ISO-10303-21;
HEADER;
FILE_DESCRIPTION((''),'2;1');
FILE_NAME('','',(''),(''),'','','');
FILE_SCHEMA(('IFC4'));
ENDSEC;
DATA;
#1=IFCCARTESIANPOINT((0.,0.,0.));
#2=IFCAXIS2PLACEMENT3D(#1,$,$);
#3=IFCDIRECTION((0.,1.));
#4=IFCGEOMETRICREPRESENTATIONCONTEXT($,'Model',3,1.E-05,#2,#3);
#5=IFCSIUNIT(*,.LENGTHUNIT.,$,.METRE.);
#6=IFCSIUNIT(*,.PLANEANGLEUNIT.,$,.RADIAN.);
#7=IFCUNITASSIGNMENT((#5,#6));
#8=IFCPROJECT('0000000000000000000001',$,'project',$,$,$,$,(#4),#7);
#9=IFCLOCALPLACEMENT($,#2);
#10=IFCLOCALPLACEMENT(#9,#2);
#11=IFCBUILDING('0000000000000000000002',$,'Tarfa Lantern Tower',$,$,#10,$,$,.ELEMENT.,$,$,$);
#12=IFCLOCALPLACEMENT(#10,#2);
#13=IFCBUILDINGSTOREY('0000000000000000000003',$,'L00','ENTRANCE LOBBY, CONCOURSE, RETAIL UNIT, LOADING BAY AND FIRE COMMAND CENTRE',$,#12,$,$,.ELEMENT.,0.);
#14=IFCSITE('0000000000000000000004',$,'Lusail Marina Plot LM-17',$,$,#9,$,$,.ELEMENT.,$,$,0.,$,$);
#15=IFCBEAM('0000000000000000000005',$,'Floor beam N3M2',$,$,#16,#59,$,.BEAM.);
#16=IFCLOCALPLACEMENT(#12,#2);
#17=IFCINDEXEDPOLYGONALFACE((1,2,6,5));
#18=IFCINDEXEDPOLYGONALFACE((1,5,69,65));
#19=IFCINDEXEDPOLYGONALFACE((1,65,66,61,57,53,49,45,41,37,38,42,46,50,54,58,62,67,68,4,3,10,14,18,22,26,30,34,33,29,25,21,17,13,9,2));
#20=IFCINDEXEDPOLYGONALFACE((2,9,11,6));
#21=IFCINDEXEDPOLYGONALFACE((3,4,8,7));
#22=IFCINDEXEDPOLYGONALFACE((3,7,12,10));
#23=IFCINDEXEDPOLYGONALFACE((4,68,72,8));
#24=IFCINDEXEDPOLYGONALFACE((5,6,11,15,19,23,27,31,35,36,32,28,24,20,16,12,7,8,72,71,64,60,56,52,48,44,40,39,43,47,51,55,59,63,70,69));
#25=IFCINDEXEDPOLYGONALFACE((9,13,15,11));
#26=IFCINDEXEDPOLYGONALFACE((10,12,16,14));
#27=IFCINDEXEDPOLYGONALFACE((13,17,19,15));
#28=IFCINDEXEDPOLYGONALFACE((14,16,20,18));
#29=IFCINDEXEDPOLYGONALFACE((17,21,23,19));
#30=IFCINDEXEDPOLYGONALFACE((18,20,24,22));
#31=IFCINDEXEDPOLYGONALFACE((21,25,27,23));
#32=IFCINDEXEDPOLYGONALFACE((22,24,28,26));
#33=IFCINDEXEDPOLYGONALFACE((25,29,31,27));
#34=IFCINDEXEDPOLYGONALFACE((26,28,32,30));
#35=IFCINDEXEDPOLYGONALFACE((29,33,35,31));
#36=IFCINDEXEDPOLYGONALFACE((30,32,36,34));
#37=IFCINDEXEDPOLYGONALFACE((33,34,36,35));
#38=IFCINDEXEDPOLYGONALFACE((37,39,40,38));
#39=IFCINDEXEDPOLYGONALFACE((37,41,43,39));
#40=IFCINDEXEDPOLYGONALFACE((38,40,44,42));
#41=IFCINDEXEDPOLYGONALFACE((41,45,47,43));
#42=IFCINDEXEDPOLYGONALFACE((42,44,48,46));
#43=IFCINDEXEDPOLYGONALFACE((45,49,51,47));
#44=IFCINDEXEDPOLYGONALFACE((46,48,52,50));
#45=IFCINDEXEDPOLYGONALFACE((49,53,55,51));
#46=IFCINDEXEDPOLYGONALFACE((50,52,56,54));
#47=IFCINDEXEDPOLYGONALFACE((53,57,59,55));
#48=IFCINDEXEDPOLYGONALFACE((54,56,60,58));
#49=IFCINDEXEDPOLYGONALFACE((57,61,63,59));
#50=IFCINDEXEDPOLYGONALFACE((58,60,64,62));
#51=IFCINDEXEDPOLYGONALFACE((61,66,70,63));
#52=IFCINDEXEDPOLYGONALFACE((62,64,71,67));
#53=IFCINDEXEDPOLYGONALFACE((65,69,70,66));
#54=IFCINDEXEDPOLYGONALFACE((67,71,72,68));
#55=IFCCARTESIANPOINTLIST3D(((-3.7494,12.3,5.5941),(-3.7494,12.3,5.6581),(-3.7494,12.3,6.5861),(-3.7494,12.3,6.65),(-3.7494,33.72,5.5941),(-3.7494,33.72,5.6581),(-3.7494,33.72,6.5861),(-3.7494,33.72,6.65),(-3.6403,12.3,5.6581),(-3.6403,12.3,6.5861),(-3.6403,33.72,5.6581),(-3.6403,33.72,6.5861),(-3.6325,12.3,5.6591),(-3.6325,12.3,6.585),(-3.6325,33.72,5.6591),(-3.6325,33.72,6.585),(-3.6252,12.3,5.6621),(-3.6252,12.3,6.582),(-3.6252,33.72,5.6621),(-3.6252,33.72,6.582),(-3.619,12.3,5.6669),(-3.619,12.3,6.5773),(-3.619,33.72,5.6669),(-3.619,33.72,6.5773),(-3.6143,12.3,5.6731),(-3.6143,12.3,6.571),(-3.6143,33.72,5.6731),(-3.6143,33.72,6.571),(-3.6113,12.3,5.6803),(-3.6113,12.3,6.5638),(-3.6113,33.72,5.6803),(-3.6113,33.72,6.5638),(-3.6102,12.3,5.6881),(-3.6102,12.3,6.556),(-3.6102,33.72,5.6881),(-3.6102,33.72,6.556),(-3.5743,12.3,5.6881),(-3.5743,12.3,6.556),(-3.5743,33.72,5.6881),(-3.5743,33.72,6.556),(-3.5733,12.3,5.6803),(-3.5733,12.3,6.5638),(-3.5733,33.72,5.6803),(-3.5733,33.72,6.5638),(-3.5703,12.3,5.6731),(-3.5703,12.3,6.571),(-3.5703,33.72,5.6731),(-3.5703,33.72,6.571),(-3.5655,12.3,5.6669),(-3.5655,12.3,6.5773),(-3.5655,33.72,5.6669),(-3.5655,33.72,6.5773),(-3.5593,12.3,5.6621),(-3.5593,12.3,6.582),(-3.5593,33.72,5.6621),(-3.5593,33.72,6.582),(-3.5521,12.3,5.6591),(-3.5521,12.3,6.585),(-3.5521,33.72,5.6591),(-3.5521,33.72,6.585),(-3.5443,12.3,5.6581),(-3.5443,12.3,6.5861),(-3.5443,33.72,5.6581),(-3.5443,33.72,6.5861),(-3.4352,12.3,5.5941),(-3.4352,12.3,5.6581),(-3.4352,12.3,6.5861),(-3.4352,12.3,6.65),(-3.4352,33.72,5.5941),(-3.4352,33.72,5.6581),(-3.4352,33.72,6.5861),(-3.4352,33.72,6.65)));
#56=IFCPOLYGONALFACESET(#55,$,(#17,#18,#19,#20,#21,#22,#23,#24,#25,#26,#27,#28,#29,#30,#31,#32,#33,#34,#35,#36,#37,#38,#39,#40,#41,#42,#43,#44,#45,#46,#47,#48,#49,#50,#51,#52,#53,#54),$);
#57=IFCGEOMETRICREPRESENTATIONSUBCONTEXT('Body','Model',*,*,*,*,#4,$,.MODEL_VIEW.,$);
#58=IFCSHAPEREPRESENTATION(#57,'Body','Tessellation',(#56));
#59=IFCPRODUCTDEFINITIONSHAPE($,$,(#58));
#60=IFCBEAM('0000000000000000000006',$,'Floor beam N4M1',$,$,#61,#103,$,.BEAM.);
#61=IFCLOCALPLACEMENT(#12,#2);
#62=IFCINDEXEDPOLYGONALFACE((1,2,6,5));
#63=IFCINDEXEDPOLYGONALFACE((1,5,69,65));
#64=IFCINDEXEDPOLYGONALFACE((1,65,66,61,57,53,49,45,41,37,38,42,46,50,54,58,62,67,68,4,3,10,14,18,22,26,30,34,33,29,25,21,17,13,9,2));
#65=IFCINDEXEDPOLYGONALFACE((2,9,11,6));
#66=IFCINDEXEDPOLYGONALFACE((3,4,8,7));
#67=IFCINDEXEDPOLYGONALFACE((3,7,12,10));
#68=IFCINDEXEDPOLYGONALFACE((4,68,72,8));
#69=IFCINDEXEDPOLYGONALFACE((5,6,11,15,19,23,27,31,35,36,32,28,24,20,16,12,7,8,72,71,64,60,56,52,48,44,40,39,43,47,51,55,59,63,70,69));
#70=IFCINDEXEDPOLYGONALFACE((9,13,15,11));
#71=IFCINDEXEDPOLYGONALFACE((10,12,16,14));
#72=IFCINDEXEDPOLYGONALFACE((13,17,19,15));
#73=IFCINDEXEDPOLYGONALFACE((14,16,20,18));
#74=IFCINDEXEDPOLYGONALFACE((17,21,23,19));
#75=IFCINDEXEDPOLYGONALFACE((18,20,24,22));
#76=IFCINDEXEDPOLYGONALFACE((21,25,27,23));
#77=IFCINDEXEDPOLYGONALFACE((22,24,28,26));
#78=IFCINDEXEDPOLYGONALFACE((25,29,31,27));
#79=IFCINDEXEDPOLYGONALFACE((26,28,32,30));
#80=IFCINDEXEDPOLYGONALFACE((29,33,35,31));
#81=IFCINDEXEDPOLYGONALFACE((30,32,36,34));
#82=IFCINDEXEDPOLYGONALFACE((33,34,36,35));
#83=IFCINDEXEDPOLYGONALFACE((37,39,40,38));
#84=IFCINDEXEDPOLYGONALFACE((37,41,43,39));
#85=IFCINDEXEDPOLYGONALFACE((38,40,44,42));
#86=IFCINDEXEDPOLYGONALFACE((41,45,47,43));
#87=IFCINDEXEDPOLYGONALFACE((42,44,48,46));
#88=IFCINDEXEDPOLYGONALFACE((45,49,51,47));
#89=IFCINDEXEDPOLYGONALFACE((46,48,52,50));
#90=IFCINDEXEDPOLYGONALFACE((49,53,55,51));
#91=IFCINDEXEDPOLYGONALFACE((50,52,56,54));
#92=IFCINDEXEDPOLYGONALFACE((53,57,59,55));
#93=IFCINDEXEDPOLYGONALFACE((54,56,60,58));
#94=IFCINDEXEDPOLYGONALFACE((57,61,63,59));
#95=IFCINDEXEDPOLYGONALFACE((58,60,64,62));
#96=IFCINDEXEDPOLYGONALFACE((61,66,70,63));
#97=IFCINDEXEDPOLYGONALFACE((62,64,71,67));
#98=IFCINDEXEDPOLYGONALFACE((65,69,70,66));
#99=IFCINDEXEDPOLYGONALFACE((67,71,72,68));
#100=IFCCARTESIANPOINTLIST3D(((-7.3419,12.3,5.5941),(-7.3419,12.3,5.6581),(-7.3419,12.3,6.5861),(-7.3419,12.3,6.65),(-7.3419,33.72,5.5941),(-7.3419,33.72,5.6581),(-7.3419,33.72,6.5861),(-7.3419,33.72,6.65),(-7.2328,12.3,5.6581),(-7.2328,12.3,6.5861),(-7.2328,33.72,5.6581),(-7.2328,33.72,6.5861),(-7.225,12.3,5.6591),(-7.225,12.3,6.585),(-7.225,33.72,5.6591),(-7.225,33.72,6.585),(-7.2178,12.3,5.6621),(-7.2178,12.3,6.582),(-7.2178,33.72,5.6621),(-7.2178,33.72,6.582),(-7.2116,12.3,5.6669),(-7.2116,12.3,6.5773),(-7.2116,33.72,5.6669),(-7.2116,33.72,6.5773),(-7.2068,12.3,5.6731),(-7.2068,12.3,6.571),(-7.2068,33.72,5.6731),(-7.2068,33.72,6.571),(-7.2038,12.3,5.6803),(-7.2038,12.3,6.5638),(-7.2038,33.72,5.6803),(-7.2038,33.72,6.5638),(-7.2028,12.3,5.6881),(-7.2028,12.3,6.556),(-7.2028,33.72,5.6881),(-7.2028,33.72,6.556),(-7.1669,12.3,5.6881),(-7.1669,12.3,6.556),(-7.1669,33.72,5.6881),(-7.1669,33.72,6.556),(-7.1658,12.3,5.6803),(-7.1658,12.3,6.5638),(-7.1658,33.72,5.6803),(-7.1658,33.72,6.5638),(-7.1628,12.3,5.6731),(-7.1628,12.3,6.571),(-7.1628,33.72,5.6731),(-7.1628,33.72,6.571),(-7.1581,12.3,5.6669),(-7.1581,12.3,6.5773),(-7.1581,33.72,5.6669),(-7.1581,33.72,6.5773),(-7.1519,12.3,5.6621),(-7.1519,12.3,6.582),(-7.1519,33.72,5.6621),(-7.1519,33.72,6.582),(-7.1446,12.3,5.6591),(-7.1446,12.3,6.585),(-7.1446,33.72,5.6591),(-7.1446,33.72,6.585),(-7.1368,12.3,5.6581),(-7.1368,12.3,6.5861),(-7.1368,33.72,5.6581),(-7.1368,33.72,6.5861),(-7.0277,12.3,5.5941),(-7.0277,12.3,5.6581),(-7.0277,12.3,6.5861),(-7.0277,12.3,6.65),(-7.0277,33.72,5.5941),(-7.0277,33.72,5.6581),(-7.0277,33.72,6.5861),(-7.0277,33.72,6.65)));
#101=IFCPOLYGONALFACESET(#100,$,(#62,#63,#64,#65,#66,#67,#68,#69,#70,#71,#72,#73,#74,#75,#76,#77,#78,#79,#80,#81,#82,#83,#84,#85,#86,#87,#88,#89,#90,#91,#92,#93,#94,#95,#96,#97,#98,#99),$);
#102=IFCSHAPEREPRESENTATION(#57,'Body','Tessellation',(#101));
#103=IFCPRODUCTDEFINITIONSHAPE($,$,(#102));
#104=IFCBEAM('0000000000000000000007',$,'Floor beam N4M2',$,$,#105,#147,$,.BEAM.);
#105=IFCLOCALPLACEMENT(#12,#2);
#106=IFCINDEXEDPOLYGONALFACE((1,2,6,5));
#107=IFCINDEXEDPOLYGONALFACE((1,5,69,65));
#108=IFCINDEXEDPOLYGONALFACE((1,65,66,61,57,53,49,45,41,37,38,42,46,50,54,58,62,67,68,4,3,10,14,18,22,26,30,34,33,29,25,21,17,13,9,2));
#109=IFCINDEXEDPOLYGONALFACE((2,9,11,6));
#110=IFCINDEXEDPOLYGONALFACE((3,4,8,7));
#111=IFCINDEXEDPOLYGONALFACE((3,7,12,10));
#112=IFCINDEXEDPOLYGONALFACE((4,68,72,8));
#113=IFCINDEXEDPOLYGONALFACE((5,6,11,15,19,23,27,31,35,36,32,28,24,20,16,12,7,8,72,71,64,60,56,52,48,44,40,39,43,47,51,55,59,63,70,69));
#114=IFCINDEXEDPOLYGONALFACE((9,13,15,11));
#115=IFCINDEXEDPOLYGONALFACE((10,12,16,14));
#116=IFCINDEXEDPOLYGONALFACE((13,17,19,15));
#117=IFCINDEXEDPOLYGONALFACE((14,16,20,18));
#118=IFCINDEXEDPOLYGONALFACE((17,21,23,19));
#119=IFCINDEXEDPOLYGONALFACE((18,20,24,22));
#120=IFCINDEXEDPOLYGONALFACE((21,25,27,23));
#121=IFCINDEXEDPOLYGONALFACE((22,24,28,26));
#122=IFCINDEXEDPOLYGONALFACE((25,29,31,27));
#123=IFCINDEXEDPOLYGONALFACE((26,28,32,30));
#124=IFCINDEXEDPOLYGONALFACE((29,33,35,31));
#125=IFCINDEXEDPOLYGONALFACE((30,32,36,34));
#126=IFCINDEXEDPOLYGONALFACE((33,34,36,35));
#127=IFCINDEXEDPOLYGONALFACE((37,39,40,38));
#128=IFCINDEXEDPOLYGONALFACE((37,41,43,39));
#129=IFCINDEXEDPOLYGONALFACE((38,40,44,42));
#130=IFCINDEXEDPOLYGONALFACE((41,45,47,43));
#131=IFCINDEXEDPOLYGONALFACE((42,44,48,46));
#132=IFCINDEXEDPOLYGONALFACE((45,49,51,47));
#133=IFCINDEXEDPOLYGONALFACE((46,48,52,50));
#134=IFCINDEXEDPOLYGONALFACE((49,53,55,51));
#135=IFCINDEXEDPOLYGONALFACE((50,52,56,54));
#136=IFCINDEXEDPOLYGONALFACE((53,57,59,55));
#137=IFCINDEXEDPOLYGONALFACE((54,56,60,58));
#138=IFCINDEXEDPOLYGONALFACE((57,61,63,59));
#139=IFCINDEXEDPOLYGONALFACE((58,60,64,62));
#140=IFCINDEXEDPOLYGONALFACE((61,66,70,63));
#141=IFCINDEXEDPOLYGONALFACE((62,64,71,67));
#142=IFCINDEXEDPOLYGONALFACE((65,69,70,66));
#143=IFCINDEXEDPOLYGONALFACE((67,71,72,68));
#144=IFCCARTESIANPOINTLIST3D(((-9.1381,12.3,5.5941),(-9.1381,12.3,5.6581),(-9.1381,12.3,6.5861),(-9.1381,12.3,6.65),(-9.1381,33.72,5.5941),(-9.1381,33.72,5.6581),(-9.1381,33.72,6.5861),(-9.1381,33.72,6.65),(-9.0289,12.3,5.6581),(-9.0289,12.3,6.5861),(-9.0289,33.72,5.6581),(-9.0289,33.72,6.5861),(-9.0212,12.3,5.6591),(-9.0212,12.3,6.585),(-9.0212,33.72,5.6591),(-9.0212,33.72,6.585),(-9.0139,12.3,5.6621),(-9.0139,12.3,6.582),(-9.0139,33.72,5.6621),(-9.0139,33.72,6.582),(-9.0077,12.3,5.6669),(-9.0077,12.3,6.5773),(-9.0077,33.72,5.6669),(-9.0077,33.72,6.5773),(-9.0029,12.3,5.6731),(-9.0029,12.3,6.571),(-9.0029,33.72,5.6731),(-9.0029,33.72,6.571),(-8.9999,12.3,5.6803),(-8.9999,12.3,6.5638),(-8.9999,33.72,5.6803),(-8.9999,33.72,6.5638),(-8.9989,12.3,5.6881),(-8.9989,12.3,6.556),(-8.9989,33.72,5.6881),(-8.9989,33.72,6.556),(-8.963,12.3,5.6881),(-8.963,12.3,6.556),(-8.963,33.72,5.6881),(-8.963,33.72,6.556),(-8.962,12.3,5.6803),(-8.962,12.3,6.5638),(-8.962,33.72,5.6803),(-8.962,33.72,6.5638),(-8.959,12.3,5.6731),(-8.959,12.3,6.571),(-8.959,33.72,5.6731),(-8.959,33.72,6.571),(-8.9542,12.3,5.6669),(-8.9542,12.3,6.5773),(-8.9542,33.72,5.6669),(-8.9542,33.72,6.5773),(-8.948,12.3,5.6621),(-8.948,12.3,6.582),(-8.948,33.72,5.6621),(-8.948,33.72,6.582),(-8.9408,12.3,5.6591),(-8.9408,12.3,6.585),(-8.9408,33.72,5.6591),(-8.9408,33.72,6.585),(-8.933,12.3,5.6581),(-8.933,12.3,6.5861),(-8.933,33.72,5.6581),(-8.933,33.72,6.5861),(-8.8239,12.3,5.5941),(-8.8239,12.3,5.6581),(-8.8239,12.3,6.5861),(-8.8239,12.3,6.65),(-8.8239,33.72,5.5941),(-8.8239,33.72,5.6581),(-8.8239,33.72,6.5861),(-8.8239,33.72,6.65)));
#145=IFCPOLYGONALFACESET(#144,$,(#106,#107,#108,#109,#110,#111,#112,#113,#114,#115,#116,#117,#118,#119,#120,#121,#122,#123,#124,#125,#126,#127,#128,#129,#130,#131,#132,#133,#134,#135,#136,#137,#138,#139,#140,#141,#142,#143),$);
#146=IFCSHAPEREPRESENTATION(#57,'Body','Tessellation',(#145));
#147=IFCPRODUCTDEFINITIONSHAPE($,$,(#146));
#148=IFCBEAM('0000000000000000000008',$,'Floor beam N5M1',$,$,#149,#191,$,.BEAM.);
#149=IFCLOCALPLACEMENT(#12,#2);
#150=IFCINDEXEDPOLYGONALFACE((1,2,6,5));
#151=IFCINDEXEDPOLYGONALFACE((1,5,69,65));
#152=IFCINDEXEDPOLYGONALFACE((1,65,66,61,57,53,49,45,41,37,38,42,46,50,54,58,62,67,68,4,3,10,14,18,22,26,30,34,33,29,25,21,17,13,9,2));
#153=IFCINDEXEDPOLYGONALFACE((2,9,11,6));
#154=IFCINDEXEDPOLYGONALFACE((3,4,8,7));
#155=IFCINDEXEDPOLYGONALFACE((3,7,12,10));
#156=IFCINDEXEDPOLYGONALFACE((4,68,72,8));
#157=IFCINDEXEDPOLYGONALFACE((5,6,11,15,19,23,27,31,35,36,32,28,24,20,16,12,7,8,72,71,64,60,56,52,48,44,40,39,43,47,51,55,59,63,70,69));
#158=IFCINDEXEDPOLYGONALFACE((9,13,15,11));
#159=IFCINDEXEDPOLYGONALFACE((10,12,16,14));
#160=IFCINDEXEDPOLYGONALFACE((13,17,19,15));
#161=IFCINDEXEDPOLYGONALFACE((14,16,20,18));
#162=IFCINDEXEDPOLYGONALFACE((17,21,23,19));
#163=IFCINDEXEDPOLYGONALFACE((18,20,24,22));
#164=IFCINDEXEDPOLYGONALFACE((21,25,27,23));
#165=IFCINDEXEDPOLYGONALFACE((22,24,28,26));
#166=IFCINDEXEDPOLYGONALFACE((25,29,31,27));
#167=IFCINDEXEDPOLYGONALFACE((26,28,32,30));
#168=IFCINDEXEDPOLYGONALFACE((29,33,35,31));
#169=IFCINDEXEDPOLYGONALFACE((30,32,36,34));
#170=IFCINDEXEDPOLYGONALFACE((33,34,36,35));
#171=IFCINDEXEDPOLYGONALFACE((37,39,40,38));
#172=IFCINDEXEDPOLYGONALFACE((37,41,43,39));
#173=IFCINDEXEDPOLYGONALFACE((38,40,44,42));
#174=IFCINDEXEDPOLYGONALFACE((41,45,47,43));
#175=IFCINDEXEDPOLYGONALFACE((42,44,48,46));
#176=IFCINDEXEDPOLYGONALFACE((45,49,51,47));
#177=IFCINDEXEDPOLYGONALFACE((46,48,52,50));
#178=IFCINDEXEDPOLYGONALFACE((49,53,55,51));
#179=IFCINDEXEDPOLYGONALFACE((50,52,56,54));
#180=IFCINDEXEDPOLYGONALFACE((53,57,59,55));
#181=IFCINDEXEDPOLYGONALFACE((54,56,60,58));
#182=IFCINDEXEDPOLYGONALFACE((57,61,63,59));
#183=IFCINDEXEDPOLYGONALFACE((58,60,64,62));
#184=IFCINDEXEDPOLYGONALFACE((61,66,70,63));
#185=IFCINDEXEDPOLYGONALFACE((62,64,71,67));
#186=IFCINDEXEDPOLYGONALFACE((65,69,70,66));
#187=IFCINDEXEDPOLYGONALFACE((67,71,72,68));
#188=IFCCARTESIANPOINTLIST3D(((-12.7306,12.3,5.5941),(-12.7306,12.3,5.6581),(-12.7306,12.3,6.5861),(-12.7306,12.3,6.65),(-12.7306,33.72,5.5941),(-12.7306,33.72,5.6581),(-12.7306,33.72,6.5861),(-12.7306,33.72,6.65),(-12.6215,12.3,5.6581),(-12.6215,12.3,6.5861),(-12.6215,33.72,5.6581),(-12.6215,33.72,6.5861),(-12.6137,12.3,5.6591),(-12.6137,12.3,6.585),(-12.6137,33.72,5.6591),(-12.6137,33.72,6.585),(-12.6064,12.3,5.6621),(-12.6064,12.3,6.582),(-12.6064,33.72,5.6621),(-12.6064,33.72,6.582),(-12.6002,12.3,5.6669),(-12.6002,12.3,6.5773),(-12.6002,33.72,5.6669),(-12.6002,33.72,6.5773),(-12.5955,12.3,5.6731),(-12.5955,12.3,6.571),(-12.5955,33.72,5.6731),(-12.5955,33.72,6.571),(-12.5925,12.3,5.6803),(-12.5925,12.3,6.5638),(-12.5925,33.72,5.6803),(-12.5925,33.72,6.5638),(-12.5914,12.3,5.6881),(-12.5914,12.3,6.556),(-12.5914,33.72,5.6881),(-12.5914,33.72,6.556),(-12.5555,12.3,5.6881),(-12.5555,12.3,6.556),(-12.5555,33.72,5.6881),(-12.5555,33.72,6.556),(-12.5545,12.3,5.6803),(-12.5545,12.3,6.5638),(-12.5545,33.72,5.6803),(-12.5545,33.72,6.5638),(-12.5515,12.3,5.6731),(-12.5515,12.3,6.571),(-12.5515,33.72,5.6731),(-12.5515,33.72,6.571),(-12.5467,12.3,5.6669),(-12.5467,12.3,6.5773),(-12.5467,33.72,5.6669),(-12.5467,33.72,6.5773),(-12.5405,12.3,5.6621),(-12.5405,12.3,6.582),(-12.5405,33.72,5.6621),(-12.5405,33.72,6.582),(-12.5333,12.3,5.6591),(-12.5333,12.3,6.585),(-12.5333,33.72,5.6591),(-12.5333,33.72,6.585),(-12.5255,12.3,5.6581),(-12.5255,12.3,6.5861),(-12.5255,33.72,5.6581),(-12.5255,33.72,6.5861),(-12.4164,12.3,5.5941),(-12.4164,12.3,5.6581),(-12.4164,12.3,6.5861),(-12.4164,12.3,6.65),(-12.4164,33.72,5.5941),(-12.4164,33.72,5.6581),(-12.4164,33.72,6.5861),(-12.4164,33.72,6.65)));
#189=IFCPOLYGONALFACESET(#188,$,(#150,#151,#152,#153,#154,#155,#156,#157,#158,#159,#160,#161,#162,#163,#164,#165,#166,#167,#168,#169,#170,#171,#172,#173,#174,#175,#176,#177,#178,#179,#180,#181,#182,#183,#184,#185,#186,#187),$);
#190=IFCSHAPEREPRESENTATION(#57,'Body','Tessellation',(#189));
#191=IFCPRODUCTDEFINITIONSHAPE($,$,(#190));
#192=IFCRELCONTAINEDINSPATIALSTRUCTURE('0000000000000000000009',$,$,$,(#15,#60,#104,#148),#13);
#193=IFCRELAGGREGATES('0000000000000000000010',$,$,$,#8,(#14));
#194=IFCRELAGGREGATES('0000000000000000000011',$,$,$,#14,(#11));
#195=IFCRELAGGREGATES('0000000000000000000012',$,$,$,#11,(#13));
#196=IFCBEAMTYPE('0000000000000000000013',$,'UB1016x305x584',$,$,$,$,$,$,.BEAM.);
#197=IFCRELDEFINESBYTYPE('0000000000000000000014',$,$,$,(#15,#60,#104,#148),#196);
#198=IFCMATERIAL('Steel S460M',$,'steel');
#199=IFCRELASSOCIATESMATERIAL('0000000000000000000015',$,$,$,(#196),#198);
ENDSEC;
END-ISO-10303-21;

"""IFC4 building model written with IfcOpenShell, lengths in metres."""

from ifc_helpers import new_model, si_unit, direction, frame, origin, origin_2d, place, context, subcontext, project, spatial, i_section, extrude, material, material_profile, profile_set, type_object, element, save


model = new_model("IFC4")

# Units and contexts
model_context = context("Model", 3, precision=1e-05, world=origin(), true_north=direction((0.0, 1.0)))
body_context = subcontext(model_context, "Body", "Model", "MODEL_VIEW")
ifc_project = project(units=[si_unit("LENGTHUNIT", "METRE"), si_unit("PLANEANGLEUNIT", "RADIAN")], contexts=[model_context])

# Site, building, storey
site_placement = place(None, origin())
site = spatial("IfcSite", under=ifc_project, at=site_placement, Name="Lusail Marina Plot LM-17", CompositionType="ELEMENT", RefElevation=0.0)
building_placement = place(site_placement, origin())
building = spatial("IfcBuilding", under=site, at=building_placement, Name="Tarfa Lantern Tower", CompositionType="ELEMENT")
storey_placement = place(building_placement, origin())
storey = spatial("IfcBuildingStorey", under=building, at=storey_placement, Name="L00", Description="ENTRANCE LOBBY, CONCOURSE, RETAIL UNIT, LOADING BAY AND FIRE COMMAND CENTRE", CompositionType="ELEMENT", Elevation=0.0)

# Beams
ifc_material_1 = material(Name="Steel S460M", Category="steel")
ifc_material_profile_1 = material_profile(ifc_material_1, i_section(OverallWidth=0.3142, OverallDepth=1.0559, WebThickness=0.0359, FlangeThickness=0.064, FilletRadius=0.03, at=origin_2d()), Name="UB1016x305x584")
ifc_profile_set_1 = profile_set([ifc_material_profile_1], Name="Steel S460M")
beam_type_1 = type_object("IfcBeamType", Name="UB1016x305x584", PredefinedType="BEAM", material=ifc_profile_set_1)
for number, where, z_axis, x_axis, name in (
    (1, (-3.5923, 33.72, 6.1221), (0.0, -1.0, 0.0), (1.0, 0.0, 0.0), "Floor beam N3M2"),
    (2, (-7.1848, 33.72, 6.1221), (0.0, -1.0, 0.0), (1.0, 0.0, 0.0), "Floor beam N4M1"),
    (3, (-8.981, 33.72, 6.1221), (0.0, -1.0, 0.0), (1.0, 0.0, 0.0), "Floor beam N4M2"),
    (4, (-12.5735, 33.72, 6.1221), (0.0, -1.0, 0.0), (1.0, 0.0, 0.0), "Floor beam N5M1"),
):
    element("IfcBeam", number, at=place(storey_placement, frame(where, z_axis=z_axis, x_axis=x_axis)), inside=storey, type_object=beam_type_1, Name=name, PredefinedType="BEAM", context=body_context, shape_type="SweptSolid", body=[
        extrude(i_section(OverallWidth=0.3142, OverallDepth=1.0559, WebThickness=0.0359, FlangeThickness=0.064, FilletRadius=0.03, at=origin_2d()), origin(), (0.0, 0.0, 1.0), 21.4199),
    ])

save(model, "model.ifc")
